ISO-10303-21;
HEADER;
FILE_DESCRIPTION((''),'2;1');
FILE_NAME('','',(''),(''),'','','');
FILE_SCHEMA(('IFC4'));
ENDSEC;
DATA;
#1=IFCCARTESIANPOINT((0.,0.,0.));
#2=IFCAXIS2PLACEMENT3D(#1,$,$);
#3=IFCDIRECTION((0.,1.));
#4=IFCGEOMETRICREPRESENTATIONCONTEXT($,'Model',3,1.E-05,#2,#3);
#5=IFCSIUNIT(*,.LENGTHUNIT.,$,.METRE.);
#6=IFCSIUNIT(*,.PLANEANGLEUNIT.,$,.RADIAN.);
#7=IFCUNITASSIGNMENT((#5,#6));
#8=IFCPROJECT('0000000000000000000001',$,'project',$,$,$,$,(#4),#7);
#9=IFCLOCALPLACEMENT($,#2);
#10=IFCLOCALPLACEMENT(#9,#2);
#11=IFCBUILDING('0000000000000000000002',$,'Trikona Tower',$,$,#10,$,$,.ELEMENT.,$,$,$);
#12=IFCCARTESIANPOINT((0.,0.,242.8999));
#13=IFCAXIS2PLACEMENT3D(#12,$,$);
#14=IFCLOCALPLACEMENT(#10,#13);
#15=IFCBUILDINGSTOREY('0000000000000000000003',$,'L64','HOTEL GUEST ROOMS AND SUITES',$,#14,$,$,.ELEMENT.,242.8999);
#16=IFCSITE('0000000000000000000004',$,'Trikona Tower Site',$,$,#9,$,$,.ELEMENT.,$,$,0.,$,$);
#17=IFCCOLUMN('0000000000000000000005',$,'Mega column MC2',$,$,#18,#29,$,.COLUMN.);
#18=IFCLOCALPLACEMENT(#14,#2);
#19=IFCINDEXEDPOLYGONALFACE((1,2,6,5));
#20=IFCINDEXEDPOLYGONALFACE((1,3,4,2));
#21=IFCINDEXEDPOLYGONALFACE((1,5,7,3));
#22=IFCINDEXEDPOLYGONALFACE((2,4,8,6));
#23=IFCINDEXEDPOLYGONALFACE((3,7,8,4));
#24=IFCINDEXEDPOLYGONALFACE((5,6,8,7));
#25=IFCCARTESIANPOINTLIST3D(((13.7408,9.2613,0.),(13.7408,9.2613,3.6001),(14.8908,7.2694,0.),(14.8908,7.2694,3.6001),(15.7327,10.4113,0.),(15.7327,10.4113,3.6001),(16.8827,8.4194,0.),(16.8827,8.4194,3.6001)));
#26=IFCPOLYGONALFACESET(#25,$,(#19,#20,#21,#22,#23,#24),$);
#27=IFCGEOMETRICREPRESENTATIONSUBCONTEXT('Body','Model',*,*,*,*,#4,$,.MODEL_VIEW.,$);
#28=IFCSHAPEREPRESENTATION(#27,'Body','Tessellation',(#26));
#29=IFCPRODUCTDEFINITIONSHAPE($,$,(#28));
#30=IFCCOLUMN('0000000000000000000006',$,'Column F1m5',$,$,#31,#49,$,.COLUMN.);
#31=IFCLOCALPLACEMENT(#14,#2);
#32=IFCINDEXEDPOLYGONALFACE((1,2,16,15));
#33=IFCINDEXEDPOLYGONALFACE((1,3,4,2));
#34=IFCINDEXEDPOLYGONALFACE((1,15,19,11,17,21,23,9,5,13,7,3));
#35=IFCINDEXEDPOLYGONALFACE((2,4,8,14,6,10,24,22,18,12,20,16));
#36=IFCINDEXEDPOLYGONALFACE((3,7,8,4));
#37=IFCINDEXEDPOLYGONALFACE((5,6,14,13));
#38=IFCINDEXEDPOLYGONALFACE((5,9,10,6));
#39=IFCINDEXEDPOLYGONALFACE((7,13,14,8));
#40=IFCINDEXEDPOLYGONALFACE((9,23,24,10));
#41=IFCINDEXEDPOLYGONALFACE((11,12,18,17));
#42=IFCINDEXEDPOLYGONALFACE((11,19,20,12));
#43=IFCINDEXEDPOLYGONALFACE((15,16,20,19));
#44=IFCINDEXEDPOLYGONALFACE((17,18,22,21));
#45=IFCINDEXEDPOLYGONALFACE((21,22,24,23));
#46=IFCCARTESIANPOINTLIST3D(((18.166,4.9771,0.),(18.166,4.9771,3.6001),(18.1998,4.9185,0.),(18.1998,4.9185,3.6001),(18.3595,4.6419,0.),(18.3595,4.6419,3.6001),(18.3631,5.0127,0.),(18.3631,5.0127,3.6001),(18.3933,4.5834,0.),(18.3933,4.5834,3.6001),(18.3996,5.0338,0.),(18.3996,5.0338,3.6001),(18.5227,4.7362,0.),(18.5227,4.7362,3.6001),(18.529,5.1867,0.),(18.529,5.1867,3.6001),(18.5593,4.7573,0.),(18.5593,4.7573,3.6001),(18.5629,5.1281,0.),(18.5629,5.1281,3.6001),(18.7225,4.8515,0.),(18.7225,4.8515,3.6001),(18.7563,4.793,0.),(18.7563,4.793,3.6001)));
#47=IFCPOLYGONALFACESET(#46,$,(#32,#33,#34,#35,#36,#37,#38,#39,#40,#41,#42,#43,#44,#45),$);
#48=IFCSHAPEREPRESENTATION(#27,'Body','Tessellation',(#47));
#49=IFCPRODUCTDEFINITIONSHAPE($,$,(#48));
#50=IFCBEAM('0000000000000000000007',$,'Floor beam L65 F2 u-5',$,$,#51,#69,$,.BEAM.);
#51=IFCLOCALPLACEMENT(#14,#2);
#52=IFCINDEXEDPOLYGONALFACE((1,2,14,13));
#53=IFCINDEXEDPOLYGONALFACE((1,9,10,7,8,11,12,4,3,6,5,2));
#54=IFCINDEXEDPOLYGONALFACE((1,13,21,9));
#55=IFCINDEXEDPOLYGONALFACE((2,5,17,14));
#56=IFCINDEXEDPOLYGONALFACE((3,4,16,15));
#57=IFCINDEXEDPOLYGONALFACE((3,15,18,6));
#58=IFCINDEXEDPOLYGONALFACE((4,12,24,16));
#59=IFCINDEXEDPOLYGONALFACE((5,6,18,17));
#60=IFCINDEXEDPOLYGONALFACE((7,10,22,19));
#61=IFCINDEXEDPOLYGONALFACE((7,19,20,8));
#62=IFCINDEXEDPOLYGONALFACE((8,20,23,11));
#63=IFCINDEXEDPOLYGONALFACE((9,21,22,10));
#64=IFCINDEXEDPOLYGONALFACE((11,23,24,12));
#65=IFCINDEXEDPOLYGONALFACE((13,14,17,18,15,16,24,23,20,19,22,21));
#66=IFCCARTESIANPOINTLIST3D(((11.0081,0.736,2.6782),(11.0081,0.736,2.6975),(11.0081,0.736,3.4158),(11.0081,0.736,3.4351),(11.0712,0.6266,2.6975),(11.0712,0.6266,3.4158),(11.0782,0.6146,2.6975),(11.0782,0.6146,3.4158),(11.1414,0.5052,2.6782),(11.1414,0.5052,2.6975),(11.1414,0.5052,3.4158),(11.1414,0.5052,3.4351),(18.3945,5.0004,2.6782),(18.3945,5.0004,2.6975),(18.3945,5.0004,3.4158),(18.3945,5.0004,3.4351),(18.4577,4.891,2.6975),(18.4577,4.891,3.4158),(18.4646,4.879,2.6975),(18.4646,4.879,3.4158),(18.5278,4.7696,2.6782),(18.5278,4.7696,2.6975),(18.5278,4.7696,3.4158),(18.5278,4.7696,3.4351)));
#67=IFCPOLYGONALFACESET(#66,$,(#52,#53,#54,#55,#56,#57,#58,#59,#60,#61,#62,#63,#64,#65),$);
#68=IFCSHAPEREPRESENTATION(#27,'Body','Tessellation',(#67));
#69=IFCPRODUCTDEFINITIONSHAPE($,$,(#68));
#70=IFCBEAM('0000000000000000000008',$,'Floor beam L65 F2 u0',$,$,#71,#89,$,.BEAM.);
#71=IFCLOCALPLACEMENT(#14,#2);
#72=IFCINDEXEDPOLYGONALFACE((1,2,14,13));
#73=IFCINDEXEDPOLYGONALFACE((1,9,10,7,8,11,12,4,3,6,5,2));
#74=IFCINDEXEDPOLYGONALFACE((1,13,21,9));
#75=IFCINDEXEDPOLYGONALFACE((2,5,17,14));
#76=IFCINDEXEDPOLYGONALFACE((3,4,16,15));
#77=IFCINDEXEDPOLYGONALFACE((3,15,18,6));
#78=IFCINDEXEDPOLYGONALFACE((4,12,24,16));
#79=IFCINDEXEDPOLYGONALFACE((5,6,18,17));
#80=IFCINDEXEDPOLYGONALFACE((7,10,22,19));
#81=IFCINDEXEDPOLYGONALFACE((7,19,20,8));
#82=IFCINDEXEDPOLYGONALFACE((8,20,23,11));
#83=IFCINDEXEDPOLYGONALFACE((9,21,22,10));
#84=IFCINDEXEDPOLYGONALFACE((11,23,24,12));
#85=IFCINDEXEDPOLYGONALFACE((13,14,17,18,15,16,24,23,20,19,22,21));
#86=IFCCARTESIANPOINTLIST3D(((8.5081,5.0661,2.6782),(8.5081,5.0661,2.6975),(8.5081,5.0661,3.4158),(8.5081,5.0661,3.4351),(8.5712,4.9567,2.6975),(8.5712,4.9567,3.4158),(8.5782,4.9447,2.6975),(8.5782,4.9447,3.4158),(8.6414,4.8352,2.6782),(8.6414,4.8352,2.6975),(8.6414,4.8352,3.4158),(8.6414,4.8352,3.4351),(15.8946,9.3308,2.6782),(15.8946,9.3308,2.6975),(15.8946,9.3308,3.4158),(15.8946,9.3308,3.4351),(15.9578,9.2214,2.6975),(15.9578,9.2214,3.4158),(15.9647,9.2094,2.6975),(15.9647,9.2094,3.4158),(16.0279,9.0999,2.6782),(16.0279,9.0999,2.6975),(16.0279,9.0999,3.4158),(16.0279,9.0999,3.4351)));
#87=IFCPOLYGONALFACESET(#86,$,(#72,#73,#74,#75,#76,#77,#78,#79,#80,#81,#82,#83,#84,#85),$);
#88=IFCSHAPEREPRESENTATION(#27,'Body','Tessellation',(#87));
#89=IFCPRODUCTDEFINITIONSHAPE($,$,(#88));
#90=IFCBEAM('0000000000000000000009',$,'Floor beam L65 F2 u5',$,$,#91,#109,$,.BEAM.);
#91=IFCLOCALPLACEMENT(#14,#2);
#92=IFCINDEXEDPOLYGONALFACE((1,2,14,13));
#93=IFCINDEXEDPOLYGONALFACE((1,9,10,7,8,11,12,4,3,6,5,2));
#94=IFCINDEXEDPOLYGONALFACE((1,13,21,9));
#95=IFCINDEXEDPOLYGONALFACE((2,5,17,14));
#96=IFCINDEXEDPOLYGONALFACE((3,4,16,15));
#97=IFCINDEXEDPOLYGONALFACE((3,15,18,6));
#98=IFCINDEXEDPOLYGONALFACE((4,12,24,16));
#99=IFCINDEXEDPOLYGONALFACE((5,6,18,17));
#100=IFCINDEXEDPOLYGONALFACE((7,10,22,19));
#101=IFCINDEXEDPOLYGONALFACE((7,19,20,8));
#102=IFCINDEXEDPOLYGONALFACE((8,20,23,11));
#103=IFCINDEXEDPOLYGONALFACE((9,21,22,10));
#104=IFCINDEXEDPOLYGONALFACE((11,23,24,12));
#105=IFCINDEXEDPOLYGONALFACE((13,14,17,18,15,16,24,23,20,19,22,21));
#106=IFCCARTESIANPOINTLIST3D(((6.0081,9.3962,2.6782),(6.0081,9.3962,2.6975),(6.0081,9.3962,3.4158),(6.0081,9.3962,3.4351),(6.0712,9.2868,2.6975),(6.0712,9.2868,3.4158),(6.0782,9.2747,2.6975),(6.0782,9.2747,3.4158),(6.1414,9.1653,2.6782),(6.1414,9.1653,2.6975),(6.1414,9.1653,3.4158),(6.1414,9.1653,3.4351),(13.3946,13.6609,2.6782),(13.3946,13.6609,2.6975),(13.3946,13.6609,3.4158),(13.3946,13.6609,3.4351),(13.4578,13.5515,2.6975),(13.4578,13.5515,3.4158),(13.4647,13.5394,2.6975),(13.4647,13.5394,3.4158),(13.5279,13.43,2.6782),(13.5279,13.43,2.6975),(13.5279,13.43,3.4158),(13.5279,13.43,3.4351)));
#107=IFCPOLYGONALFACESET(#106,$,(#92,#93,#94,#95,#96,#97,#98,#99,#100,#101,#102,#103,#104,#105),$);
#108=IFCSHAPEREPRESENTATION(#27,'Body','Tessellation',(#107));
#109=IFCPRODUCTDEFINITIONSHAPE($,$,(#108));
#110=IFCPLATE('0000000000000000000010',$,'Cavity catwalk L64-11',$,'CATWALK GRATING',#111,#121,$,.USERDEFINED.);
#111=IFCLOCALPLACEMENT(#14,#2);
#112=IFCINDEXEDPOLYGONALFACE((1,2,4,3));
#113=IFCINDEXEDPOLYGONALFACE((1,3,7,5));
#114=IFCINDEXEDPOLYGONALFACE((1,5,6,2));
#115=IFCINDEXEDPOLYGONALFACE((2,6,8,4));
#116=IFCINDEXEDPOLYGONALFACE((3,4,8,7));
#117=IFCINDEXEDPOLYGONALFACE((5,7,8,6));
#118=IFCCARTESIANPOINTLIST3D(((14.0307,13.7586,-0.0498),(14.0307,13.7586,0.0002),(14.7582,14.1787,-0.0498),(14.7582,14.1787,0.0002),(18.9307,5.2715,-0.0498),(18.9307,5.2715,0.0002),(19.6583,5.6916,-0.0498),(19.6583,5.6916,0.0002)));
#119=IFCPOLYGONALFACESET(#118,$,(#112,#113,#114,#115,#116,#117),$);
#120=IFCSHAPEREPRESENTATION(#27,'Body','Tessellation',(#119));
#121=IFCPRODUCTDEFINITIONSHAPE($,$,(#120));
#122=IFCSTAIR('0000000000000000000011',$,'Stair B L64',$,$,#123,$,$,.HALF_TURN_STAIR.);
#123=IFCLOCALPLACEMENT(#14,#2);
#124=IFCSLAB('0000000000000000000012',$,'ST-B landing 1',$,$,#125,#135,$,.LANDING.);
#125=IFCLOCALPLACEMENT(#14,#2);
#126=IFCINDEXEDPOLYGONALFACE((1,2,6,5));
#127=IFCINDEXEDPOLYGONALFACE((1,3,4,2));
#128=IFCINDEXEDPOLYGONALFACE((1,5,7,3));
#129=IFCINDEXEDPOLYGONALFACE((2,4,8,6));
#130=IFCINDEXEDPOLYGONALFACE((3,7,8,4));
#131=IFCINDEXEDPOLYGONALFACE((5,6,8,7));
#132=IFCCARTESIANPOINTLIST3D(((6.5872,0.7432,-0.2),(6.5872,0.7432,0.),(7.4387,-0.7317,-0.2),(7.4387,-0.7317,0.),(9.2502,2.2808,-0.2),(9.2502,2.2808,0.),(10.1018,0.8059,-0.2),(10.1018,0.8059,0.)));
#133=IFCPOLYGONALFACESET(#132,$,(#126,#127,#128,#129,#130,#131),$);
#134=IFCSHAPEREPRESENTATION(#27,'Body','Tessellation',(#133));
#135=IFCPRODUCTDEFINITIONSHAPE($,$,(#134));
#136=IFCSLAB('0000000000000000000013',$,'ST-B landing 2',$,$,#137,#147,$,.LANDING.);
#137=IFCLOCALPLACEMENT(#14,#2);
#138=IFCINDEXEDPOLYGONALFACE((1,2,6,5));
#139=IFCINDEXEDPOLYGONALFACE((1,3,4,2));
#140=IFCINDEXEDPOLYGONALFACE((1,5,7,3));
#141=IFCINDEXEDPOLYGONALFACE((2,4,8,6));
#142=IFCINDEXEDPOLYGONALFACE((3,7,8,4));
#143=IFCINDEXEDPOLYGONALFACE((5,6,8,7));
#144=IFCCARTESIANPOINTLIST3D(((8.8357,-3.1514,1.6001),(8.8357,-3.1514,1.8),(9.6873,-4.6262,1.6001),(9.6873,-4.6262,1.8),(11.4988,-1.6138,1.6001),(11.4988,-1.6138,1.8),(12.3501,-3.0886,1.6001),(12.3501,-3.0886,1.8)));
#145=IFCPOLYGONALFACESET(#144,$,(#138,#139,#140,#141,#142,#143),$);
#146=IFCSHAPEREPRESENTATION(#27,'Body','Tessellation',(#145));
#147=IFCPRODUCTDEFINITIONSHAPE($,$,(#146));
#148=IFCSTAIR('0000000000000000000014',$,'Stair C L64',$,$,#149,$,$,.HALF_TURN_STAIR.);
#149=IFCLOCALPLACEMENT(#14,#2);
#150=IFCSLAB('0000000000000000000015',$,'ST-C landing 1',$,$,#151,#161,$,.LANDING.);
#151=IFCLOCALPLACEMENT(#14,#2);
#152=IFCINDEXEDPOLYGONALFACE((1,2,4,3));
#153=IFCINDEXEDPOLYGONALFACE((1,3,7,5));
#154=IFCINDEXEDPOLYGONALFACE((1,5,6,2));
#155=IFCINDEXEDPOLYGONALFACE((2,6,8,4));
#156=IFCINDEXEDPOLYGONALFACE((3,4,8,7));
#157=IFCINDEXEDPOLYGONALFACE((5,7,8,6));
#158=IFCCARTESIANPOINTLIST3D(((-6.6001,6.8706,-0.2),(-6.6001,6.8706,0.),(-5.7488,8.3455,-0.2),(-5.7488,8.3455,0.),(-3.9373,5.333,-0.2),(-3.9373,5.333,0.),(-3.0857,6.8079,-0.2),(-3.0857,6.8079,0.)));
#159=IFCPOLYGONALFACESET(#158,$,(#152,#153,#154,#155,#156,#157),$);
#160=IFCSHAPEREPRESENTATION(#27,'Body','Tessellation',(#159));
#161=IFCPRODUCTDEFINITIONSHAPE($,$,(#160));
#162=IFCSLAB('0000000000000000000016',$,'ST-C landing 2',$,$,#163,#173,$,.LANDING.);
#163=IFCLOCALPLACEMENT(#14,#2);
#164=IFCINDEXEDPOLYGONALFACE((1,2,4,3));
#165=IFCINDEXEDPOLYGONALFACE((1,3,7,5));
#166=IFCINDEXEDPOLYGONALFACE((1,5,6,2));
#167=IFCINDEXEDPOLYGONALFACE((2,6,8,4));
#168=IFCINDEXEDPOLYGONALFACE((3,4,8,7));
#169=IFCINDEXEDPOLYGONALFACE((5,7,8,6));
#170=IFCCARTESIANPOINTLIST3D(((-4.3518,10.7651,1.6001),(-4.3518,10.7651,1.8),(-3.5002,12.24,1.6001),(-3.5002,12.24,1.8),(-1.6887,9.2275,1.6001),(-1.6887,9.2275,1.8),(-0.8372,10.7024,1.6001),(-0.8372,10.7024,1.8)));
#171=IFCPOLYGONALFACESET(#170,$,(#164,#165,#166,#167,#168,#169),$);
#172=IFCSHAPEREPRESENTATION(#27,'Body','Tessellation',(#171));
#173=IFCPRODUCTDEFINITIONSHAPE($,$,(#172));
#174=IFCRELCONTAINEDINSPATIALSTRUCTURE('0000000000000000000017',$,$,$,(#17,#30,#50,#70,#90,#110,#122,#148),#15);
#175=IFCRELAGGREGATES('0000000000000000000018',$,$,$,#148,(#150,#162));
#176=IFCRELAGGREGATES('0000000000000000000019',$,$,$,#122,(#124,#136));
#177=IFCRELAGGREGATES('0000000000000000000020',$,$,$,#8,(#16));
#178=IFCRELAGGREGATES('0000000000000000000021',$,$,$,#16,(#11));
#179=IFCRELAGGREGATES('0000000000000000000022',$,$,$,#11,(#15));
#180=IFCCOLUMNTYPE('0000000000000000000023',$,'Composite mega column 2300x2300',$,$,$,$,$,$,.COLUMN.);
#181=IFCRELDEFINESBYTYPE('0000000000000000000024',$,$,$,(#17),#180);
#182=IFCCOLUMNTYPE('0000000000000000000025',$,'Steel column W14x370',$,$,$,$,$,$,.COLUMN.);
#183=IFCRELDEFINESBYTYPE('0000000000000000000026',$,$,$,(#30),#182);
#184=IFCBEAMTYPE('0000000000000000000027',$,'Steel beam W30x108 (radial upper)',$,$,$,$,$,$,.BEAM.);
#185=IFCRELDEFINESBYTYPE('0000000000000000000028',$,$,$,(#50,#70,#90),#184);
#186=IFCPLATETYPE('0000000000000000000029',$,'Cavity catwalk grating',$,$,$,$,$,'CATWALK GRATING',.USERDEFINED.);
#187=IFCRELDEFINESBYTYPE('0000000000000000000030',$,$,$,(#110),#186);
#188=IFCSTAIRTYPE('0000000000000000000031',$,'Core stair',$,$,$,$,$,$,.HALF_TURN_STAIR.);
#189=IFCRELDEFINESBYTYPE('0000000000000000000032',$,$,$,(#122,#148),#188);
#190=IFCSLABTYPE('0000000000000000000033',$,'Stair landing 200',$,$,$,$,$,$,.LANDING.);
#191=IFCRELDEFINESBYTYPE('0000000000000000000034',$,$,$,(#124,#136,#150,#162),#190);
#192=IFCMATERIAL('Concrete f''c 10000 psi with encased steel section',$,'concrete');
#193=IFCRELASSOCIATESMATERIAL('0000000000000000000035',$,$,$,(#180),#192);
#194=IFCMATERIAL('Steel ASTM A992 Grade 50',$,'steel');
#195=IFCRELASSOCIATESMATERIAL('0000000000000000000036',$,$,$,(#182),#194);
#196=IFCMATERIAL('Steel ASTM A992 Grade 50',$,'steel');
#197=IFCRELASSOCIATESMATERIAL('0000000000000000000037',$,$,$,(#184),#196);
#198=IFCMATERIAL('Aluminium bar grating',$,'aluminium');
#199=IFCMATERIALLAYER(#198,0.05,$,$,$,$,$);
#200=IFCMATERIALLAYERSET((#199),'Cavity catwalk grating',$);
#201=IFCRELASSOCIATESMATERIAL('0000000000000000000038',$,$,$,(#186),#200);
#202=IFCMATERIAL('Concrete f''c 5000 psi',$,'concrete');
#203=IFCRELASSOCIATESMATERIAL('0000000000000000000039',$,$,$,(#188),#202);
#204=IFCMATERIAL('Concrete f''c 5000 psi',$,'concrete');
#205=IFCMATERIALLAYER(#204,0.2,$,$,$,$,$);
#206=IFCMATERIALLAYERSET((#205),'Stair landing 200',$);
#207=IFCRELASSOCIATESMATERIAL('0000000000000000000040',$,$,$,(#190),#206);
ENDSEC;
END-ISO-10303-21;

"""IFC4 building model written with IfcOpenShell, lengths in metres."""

from ifc_helpers import new_model, si_unit, direction, frame, origin, origin_2d, place, context, subcontext, project, spatial, polyline, rectangle, i_section, outline, extrude, material, layer, layer_set, material_profile, profile_set, type_object, element, aggregate, save


model = new_model("IFC4")

# Units and contexts
model_context = context("Model", 3, precision=1e-05, world=origin(), true_north=direction((0.0, 1.0)))
body_context = subcontext(model_context, "Body", "Model", "MODEL_VIEW")
ifc_project = project(units=[si_unit("LENGTHUNIT", "METRE"), si_unit("PLANEANGLEUNIT", "RADIAN")], contexts=[model_context])

# Site, building, storey
site_placement = place(None, origin())
site = spatial("IfcSite", under=ifc_project, at=site_placement, Name="Trikona Tower Site", CompositionType="ELEMENT", RefElevation=0.0)
building_placement = place(site_placement, origin())
building = spatial("IfcBuilding", under=site, at=building_placement, Name="Trikona Tower", CompositionType="ELEMENT")
storey_placement = place(building_placement, frame((0.0, 0.0, 242.8999)))
storey = spatial("IfcBuildingStorey", under=building, at=storey_placement, Name="L64", Description="HOTEL GUEST ROOMS AND SUITES", CompositionType="ELEMENT", Elevation=242.8999)

# Columns
ifc_material_1 = material(Name="Concrete f'c 10000 psi with encased steel section", Category="concrete")
ifc_material_profile_1 = material_profile(ifc_material_1, rectangle(XDim=2.3, YDim=2.3, at=origin_2d()), Name="MC2300")
ifc_profile_set_1 = profile_set([ifc_material_profile_1], Name="Concrete f'c 10000 psi with encased steel section")
column_type_1 = type_object("IfcColumnType", Name="Composite mega column 2300x2300", PredefinedType="COLUMN", material=ifc_profile_set_1)
column_1_placement = place(storey_placement, frame((15.3118, 8.8403, 0.0), z_axis=(0.0, 0.0, 1.0), x_axis=(0.866025, 0.5, 0.0)))
element("IfcColumn", 1, at=column_1_placement, inside=storey, type_object=column_type_1, Name="Mega column MC2", PredefinedType="COLUMN", context=body_context, shape_type="SweptSolid", body=[
    extrude(rectangle(XDim=2.3, YDim=2.3, at=origin_2d()), origin(), (0.0, 0.0, 1.0), 3.6001),
])
ifc_material_2 = material(Name="Steel ASTM A992 Grade 50", Category="steel")
ifc_material_profile_2 = material_profile(ifc_material_2, i_section(OverallWidth=0.4192, OverallDepth=0.4546, WebThickness=0.0422, FlangeThickness=0.0676, at=origin_2d()), Name="W14X370")
ifc_profile_set_2 = profile_set([ifc_material_profile_2], Name="Steel ASTM A992 Grade 50")
column_type_2 = type_object("IfcColumnType", Name="Steel column W14x370", PredefinedType="COLUMN", material=ifc_profile_set_2)
column_2_placement = place(storey_placement, frame((18.4612, 4.885, 0.0), z_axis=(0.0, 0.0, 1.0), x_axis=(0.866025, 0.5, 0.0)))
element("IfcColumn", 2, at=column_2_placement, inside=storey, type_object=column_type_2, Name="Column F1m5", PredefinedType="COLUMN", context=body_context, shape_type="SweptSolid", body=[
    extrude(i_section(OverallWidth=0.4192, OverallDepth=0.4546, WebThickness=0.0422, FlangeThickness=0.0676, at=origin_2d()), origin(), (0.0, 0.0, 1.0), 3.6001),
])

# Beams
ifc_material_3 = material(Name="Steel ASTM A992 Grade 50", Category="steel")
ifc_material_profile_3 = material_profile(ifc_material_3, i_section(OverallWidth=0.2666, OverallDepth=0.7568, WebThickness=0.0139, FlangeThickness=0.0193, at=origin_2d()), Name="W30X108")
ifc_profile_set_3 = profile_set([ifc_material_profile_3], Name="Steel ASTM A992 Grade 50")
beam_type = type_object("IfcBeamType", Name="Steel beam W30x108 (radial upper)", PredefinedType="BEAM", material=ifc_profile_set_3)
beam_placement = place(storey_placement, frame((11.0747, 0.6206, 3.0566), z_axis=(0.866034, 0.499984, 0.0), x_axis=(-0.499984, 0.866034, 0.0)))
element("IfcBeam", 3, at=beam_placement, inside=storey, type_object=beam_type, Name="Floor beam L65 F2 u-5", PredefinedType="BEAM", context=body_context, shape_type="SweptSolid", body=[
    extrude(i_section(OverallWidth=0.2666, OverallDepth=0.7568, WebThickness=0.0139, FlangeThickness=0.0193, at=origin_2d()), origin(), (0.0, 0.0, 1.0), 8.5291),
])
for number, where, z_axis, x_axis, name in (
    (4, (8.5747, 4.9507, 3.0566), (0.866022, 0.500006, 0.0), (-0.500006, 0.866022, 0.0), "Floor beam L65 F2 u0"),
    (5, (6.0747, 9.2808, 3.0566), (0.866022, 0.500006, 0.0), (-0.500006, 0.866022, 0.0), "Floor beam L65 F2 u5"),
):
    element("IfcBeam", number, at=place(storey_placement, frame(where, z_axis=z_axis, x_axis=x_axis)), inside=storey, type_object=beam_type, Name=name, PredefinedType="BEAM", context=body_context, shape_type="SweptSolid", body=[
        extrude(i_section(OverallWidth=0.2666, OverallDepth=0.7568, WebThickness=0.0139, FlangeThickness=0.0193, at=origin_2d()), origin(), (0.0, 0.0, 1.0), 8.5293),
    ])

# Plate
ifc_material_4 = material(Name="Aluminium bar grating", Category="aluminium")
ifc_layer_1 = layer(ifc_material_4, 0.05)
ifc_layer_set_1 = layer_set([ifc_layer_1], Name="Cavity catwalk grating")
plate_type = type_object("IfcPlateType", Name="Cavity catwalk grating", ElementType="CATWALK GRATING", PredefinedType="USERDEFINED", material=ifc_layer_set_1)
plate_placement = place(storey_placement, frame((16.8445, 9.7251, -0.0498), z_axis=(0.0, 0.0, 1.0), x_axis=(-0.499998, 0.866026, 0.0)))
element("IfcPlate", 6, at=plate_placement, inside=storey, type_object=plate_type, Name="Cavity catwalk L64-11", ObjectType="CATWALK GRATING", PredefinedType="USERDEFINED", context=body_context, shape_type="SweptSolid", body=[
    extrude(rectangle(XDim=9.8, YDim=0.8401, at=origin_2d()), origin(), (0.0, 0.0, 1.0), 0.05),
])

# Stairs, slabs
ifc_material_5 = material(Name="Concrete f'c 5000 psi", Category="concrete")
stair_type = type_object("IfcStairType", Name="Core stair", PredefinedType="HALF_TURN_STAIR", material=ifc_material_5)
stair_1_placement = place(storey_placement, origin())
stair_1 = element("IfcStair", 7, at=stair_1_placement, inside=storey, type_object=stair_type, Name="Stair B L64", PredefinedType="HALF_TURN_STAIR")
ifc_material_6 = material(Name="Concrete f'c 5000 psi", Category="concrete")
ifc_layer_2 = layer(ifc_material_6, 0.2)
ifc_layer_set_2 = layer_set([ifc_layer_2], Name="Stair landing 200")
slab_type = type_object("IfcSlabType", Name="Stair landing 200", PredefinedType="LANDING", material=ifc_layer_set_2)
slab_1_placement = place(storey_placement, frame((0.0, 0.0, -0.2)))
slab_1 = element("IfcSlab", 8, at=slab_1_placement, type_object=slab_type, Name="ST-B landing 1", PredefinedType="LANDING", context=body_context, shape_type="SweptSolid", body=[
    extrude(outline(polyline([(7.4387, -0.7317), (6.5872, 0.7432), (9.2502, 2.2808), (10.1018, 0.8059), (7.4387, -0.7317)])), origin(), (0.0, 0.0, 1.0), 0.2),
])
slab_2_placement = place(storey_placement, frame((0.0, 0.0, 1.6001)))
slab_2 = element("IfcSlab", 9, at=slab_2_placement, type_object=slab_type, Name="ST-B landing 2", PredefinedType="LANDING", context=body_context, shape_type="SweptSolid", body=[
    extrude(outline(polyline([(9.6873, -4.6262), (8.8357, -3.1514), (11.4988, -1.6138), (12.3501, -3.0886), (9.6873, -4.6262)])), origin(), (0.0, 0.0, 1.0), 0.2),
])
stair_2_placement = place(storey_placement, origin())
stair_2 = element("IfcStair", 10, at=stair_2_placement, inside=storey, type_object=stair_type, Name="Stair C L64", PredefinedType="HALF_TURN_STAIR")
slab_3_placement = place(storey_placement, frame((0.0, 0.0, -0.2)))
slab_3 = element("IfcSlab", 11, at=slab_3_placement, type_object=slab_type, Name="ST-C landing 1", PredefinedType="LANDING", context=body_context, shape_type="SweptSolid", body=[
    extrude(outline(polyline([(-3.0857, 6.8079), (-3.9373, 5.333), (-6.6001, 6.8706), (-5.7488, 8.3455), (-3.0857, 6.8079)])), origin(), (0.0, 0.0, 1.0), 0.2),
])
slab_4_placement = place(storey_placement, frame((0.0, 0.0, 1.6001)))
slab_4 = element("IfcSlab", 12, at=slab_4_placement, type_object=slab_type, Name="ST-C landing 2", PredefinedType="LANDING", context=body_context, shape_type="SweptSolid", body=[
    extrude(outline(polyline([(-0.8372, 10.7024), (-1.6887, 9.2275), (-4.3518, 10.7651), (-3.5002, 12.24), (-0.8372, 10.7024)])), origin(), (0.0, 0.0, 1.0), 0.2),
])
aggregate(stair_2, [slab_3, slab_4])

aggregate(stair_1, [slab_1, slab_2])

save(model, "model.ifc")
